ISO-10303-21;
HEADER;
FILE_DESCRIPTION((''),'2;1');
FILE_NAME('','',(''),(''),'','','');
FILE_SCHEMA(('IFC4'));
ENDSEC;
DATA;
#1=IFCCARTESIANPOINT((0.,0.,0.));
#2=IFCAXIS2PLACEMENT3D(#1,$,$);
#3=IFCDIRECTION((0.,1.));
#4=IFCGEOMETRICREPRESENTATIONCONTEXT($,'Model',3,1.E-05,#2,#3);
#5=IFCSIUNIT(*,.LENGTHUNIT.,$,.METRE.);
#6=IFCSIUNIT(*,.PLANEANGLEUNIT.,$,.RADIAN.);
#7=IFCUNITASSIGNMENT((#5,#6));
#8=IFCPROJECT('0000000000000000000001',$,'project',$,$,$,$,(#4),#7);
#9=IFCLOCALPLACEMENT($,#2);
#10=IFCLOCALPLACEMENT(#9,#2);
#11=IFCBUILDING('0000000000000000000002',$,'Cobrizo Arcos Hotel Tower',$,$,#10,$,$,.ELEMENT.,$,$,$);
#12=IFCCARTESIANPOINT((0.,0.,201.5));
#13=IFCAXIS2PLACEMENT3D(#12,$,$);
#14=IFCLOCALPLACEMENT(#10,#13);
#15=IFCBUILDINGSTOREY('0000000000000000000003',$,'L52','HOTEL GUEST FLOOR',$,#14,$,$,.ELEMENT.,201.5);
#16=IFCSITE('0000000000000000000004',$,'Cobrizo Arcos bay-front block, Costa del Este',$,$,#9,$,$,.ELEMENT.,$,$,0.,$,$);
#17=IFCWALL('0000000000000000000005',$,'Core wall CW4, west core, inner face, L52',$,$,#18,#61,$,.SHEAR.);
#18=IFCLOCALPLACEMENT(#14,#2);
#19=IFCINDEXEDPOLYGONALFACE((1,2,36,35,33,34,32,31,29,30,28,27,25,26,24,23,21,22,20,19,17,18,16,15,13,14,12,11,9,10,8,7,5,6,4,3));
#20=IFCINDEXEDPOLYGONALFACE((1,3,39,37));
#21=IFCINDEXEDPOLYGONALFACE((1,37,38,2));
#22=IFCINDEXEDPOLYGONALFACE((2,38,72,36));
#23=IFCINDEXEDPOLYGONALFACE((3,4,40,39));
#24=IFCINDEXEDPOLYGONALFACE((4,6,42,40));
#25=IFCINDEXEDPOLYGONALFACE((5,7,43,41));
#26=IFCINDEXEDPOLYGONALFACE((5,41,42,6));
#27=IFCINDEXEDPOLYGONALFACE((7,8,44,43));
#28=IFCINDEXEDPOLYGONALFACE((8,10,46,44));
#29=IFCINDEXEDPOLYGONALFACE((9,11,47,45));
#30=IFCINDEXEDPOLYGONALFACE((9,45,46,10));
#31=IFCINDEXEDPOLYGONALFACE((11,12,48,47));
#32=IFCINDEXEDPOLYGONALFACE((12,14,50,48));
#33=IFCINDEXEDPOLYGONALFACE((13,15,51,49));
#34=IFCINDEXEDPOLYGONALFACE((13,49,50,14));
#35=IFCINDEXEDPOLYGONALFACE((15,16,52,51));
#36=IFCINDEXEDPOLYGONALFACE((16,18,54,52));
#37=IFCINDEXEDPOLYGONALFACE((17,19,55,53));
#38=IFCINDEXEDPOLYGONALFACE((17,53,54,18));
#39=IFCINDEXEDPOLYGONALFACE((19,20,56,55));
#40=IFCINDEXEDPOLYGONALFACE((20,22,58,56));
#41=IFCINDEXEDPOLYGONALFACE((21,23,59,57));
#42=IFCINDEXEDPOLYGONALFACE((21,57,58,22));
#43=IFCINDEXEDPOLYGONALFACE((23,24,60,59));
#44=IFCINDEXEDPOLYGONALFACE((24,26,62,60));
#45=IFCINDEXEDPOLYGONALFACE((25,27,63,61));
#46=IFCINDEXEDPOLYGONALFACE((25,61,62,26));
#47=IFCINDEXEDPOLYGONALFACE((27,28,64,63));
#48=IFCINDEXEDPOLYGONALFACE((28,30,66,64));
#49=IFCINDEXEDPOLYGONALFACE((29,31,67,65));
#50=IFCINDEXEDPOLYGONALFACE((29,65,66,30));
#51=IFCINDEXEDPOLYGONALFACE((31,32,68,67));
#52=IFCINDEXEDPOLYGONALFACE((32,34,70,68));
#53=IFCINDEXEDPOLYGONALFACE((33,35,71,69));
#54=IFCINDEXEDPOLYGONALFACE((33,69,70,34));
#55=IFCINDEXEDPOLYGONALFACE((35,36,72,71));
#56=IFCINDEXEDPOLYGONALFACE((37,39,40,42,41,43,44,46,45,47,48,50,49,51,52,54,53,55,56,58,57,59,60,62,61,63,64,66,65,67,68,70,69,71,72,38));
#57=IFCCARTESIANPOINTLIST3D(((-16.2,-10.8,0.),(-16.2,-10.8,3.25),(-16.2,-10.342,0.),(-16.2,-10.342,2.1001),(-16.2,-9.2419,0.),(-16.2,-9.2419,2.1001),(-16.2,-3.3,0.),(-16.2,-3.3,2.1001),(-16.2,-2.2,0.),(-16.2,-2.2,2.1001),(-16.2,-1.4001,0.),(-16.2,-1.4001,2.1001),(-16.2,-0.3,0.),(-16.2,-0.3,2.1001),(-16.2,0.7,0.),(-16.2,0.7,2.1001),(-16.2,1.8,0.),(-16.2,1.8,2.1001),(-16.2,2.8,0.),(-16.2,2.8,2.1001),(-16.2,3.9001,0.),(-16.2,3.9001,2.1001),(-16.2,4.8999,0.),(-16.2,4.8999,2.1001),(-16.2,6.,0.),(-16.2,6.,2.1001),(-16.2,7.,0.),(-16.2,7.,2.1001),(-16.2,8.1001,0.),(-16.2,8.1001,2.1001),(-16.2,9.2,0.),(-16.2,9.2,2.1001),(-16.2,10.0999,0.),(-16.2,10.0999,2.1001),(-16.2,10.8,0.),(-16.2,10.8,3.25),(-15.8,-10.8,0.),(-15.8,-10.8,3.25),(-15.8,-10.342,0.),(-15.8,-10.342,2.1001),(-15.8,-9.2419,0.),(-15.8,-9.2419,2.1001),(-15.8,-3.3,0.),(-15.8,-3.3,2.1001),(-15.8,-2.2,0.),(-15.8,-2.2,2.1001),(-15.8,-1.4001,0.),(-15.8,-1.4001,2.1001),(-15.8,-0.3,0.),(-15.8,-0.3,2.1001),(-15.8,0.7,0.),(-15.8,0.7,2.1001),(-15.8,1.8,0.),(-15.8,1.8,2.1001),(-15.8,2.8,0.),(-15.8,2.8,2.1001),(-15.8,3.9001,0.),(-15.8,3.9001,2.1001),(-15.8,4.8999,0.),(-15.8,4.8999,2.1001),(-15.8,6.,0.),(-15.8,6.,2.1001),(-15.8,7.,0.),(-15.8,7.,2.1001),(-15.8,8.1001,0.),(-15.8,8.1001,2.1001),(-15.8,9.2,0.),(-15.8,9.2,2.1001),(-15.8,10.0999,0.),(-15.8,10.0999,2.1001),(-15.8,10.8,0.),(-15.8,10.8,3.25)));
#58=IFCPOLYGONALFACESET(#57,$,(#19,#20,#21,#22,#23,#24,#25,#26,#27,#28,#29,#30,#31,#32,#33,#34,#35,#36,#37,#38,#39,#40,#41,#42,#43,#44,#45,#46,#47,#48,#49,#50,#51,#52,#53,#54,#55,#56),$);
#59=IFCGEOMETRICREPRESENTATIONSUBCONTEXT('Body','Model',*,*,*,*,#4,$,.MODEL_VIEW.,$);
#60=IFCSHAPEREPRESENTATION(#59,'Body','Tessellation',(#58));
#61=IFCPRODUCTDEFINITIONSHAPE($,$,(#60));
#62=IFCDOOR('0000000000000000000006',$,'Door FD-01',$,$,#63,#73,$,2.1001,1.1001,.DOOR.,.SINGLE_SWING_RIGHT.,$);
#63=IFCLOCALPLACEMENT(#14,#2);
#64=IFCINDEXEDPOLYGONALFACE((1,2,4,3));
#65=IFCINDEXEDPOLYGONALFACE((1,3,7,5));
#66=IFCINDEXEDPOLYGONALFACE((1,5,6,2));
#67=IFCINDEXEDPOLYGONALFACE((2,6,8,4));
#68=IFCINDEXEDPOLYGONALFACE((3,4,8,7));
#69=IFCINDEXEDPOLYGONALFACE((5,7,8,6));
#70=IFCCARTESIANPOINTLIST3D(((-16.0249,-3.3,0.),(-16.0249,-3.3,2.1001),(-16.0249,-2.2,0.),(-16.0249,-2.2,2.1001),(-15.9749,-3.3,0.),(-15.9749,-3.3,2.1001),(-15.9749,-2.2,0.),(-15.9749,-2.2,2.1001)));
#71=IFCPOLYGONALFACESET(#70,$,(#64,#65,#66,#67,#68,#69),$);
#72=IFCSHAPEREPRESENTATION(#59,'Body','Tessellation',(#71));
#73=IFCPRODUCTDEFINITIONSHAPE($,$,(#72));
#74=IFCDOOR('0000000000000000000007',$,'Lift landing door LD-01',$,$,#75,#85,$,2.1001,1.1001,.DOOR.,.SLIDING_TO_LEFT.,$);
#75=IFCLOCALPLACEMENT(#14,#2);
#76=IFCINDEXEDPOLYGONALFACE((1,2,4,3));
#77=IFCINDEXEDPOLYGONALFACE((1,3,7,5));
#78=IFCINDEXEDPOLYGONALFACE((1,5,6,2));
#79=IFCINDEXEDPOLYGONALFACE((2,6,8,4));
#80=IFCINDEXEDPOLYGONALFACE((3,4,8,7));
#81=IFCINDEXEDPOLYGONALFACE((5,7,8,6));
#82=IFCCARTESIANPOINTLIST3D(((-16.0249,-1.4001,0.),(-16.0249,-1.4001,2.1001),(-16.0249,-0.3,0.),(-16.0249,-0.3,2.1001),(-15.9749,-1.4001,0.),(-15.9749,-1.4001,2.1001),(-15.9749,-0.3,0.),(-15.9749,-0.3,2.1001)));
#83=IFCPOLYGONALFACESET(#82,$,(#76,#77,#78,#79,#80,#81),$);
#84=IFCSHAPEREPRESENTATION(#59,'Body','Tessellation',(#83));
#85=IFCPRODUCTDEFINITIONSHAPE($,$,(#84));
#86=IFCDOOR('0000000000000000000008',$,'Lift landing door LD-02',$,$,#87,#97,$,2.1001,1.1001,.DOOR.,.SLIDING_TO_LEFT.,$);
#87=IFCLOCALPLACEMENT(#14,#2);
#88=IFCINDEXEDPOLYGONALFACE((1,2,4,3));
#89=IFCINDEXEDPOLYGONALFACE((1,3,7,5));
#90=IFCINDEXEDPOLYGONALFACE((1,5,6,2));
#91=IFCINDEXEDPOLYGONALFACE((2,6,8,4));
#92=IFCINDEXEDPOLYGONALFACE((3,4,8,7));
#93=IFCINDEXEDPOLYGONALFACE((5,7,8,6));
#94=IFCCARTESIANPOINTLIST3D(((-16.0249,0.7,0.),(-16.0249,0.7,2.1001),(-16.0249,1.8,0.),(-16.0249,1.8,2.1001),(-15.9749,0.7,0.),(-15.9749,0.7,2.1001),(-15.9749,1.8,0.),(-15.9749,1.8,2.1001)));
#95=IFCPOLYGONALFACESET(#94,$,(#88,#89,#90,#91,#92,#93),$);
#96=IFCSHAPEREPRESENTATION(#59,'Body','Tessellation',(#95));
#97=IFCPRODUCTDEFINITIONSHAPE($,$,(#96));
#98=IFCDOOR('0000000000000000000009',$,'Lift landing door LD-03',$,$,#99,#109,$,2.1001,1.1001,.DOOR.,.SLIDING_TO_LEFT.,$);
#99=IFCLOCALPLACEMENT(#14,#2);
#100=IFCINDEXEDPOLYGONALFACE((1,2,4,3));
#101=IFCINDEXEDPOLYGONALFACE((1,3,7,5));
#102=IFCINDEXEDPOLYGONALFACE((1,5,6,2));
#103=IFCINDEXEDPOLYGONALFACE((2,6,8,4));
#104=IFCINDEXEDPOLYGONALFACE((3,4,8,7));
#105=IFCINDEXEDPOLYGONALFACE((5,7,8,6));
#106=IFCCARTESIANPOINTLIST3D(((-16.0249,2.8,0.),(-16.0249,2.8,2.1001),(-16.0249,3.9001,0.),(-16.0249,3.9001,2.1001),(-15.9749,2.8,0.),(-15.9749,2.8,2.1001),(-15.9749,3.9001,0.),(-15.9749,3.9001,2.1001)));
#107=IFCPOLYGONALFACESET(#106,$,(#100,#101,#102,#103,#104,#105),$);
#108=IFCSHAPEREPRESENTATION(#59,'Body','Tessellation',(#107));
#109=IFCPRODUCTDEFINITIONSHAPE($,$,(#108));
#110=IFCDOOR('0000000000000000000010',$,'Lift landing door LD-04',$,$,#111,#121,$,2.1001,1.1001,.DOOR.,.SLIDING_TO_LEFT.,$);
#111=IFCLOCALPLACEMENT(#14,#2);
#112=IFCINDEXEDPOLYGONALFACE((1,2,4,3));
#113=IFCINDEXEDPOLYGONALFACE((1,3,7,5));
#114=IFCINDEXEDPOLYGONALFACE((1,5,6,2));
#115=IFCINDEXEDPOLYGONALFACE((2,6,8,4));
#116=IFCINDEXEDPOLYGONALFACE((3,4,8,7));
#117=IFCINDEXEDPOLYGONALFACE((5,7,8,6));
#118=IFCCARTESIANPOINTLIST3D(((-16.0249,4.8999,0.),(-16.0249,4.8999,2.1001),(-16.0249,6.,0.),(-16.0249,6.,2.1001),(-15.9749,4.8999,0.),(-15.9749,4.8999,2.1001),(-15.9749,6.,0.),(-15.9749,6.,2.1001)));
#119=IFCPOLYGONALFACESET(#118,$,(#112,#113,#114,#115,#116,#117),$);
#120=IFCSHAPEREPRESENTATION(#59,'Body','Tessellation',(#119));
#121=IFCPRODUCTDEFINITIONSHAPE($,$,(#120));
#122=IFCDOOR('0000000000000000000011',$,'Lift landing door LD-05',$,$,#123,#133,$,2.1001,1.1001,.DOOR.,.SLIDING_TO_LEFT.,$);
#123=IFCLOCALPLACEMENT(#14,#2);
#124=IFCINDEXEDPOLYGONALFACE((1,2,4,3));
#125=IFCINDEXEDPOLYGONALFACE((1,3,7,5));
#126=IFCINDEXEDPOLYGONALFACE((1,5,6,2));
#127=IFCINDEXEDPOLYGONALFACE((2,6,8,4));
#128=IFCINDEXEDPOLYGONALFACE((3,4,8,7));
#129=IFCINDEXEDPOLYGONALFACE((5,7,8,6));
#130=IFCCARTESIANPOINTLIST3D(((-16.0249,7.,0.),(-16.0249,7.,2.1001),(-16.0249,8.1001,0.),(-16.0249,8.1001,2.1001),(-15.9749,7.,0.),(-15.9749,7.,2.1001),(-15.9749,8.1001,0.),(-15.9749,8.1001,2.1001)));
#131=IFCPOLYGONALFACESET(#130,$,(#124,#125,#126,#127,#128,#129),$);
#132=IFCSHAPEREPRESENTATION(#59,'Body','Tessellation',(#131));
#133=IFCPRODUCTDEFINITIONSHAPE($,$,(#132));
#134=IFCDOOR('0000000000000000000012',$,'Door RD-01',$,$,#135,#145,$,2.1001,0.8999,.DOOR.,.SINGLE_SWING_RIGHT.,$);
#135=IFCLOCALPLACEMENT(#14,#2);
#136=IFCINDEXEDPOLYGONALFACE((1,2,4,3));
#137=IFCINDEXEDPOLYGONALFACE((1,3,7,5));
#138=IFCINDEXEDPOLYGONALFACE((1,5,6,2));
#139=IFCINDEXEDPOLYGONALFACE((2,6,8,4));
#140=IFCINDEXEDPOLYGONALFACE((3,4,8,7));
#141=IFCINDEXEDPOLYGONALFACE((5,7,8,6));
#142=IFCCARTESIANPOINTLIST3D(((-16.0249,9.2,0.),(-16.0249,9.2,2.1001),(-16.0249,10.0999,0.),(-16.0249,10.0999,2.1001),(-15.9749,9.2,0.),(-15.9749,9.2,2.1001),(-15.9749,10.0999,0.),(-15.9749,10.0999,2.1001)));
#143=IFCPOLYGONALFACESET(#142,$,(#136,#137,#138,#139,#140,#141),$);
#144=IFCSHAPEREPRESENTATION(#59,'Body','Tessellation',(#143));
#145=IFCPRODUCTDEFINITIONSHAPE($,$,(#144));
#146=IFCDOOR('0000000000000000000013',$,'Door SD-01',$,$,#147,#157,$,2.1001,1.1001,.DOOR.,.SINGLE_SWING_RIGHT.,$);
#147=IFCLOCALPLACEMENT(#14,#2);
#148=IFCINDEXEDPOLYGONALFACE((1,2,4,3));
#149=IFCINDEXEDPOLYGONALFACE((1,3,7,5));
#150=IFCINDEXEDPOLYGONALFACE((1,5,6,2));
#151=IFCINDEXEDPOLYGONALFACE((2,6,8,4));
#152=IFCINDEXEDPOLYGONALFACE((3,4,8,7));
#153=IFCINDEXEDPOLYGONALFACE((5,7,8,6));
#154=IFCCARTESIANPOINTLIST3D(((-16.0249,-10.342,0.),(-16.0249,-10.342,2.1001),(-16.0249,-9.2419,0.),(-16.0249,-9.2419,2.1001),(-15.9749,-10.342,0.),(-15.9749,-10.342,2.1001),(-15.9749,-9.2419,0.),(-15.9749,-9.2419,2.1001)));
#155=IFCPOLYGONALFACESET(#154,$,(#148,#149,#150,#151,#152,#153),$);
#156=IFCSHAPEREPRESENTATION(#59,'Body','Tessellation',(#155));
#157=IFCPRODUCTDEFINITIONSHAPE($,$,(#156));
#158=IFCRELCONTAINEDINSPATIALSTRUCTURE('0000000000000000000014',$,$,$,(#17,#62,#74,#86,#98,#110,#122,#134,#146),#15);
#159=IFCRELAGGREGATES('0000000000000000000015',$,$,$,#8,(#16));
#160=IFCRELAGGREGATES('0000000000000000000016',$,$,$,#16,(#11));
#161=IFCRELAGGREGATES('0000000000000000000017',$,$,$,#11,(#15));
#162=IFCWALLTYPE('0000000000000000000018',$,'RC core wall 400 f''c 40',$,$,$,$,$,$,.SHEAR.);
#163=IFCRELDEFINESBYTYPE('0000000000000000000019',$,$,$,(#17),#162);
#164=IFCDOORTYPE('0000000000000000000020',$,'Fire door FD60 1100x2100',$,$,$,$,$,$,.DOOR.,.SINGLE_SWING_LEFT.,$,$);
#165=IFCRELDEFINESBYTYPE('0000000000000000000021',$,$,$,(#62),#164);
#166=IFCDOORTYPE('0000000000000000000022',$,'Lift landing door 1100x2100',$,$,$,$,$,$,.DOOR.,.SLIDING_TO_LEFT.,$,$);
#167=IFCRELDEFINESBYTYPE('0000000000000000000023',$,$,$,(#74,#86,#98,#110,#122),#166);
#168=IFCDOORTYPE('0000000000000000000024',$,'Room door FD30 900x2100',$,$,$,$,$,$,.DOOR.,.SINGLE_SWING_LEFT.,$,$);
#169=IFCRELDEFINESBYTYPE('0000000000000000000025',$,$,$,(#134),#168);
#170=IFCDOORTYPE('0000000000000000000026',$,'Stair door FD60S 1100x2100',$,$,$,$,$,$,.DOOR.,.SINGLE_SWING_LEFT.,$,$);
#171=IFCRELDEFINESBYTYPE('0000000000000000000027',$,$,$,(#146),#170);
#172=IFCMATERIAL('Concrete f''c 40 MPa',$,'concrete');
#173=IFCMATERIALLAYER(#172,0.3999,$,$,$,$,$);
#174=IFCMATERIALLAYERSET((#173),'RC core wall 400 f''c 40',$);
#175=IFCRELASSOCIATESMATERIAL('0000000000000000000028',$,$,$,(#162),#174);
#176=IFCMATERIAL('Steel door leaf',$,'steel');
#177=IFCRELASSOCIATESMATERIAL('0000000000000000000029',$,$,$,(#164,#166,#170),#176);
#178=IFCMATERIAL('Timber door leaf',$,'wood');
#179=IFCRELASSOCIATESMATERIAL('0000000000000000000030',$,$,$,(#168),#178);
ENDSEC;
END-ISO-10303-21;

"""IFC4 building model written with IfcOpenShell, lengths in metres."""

from ifc_helpers import new_model, si_unit, direction, frame, frame_2d, origin, place, context, subcontext, project, spatial, rectangle, extrude, material, layer, layer_set, type_object, element, fill, save


model = new_model("IFC4")

# Units and contexts
model_context = context("Model", 3, precision=1e-05, world=origin(), true_north=direction((0.0, 1.0)))
body_context = subcontext(model_context, "Body", "Model", "MODEL_VIEW")
ifc_project = project(units=[si_unit("LENGTHUNIT", "METRE"), si_unit("PLANEANGLEUNIT", "RADIAN")], contexts=[model_context])

# Site, building, storey
site_placement = place(None, origin())
site = spatial("IfcSite", under=ifc_project, at=site_placement, Name="Cobrizo Arcos bay-front block, Costa del Este", CompositionType="ELEMENT", RefElevation=0.0)
building_placement = place(site_placement, origin())
building = spatial("IfcBuilding", under=site, at=building_placement, Name="Cobrizo Arcos Hotel Tower", CompositionType="ELEMENT")
storey_placement = place(building_placement, frame((0.0, 0.0, 201.5)))
storey = spatial("IfcBuildingStorey", under=building, at=storey_placement, Name="L52", Description="HOTEL GUEST FLOOR", CompositionType="ELEMENT", Elevation=201.5)

# Wall, openings, doors
ifc_material_1 = material(Name="Concrete f'c 40 MPa", Category="concrete")
ifc_layer_1 = layer(ifc_material_1, 0.3999)
ifc_layer_set_1 = layer_set([ifc_layer_1], Name="RC core wall 400 f'c 40")
wall_type_1 = type_object("IfcWallType", Name="RC core wall 400 f'c 40", PredefinedType="SHEAR", material=ifc_layer_set_1)
wall_1_placement = place(storey_placement, frame((-16.0, -10.8, 0.0), z_axis=(0.0, 0.0, 1.0), x_axis=(0.0, 1.0, 0.0)))
wall_1 = element("IfcWall", 1, at=wall_1_placement, inside=storey, type_object=wall_type_1, Name="Core wall CW4, west core, inner face, L52", PredefinedType="SHEAR", context=body_context, shape_type="SweptSolid", body=[
    extrude(rectangle(XDim=21.6001, YDim=0.3999, at=frame_2d((10.8, 0.0))), origin(), (0.0, 0.0, 1.0), 3.25),
])
opening_1_placement = place(wall_1_placement, frame((9.3999, 0.0, 0.0)))
opening_1 = element("IfcOpeningElement", 2, at=opening_1_placement, cuts=wall_1, PredefinedType="OPENING", context=body_context, shape_type="SweptSolid", body=[
    extrude(rectangle(XDim=1.1001, YDim=2.1001, at=frame_2d((0.55, 1.05))), frame((0.0, 0.2119, 0.0), z_axis=(0.0, -1.0, 0.0), x_axis=(1.0, 0.0, 0.0)), (0.0, 0.0, 1.0), 0.4238),
])
opening_2_placement = place(wall_1_placement, frame((11.5, 0.0, 0.0)))
opening_2 = element("IfcOpeningElement", 3, at=opening_2_placement, cuts=wall_1, PredefinedType="OPENING", context=body_context, shape_type="SweptSolid", body=[
    extrude(rectangle(XDim=1.1001, YDim=2.1001, at=frame_2d((0.55, 1.05))), frame((0.0, 0.2119, 0.0), z_axis=(0.0, -1.0, 0.0), x_axis=(1.0, 0.0, 0.0)), (0.0, 0.0, 1.0), 0.4238),
])
opening_3_placement = place(wall_1_placement, frame((13.6001, 0.0, 0.0)))
opening_3 = element("IfcOpeningElement", 4, at=opening_3_placement, cuts=wall_1, PredefinedType="OPENING", context=body_context, shape_type="SweptSolid", body=[
    extrude(rectangle(XDim=1.1001, YDim=2.1001, at=frame_2d((0.55, 1.05))), frame((0.0, 0.2119, 0.0), z_axis=(0.0, -1.0, 0.0), x_axis=(1.0, 0.0, 0.0)), (0.0, 0.0, 1.0), 0.4238),
])
opening_4_placement = place(wall_1_placement, frame((15.7, 0.0, 0.0)))
opening_4 = element("IfcOpeningElement", 5, at=opening_4_placement, cuts=wall_1, PredefinedType="OPENING", context=body_context, shape_type="SweptSolid", body=[
    extrude(rectangle(XDim=1.1001, YDim=2.1001, at=frame_2d((0.55, 1.05))), frame((0.0, 0.2119, 0.0), z_axis=(0.0, -1.0, 0.0), x_axis=(1.0, 0.0, 0.0)), (0.0, 0.0, 1.0), 0.4238),
])
opening_5_placement = place(wall_1_placement, frame((17.8, 0.0, 0.0)))
opening_5 = element("IfcOpeningElement", 6, at=opening_5_placement, cuts=wall_1, PredefinedType="OPENING", context=body_context, shape_type="SweptSolid", body=[
    extrude(rectangle(XDim=1.1001, YDim=2.1001, at=frame_2d((0.55, 1.05))), frame((0.0, 0.2119, 0.0), z_axis=(0.0, -1.0, 0.0), x_axis=(1.0, 0.0, 0.0)), (0.0, 0.0, 1.0), 0.4238),
])
opening_6_placement = place(wall_1_placement, frame((0.458, 0.0, 0.0)))
opening_6 = element("IfcOpeningElement", 7, at=opening_6_placement, cuts=wall_1, PredefinedType="OPENING", context=body_context, shape_type="SweptSolid", body=[
    extrude(rectangle(XDim=1.1001, YDim=2.1001, at=frame_2d((0.55, 1.05))), frame((0.0, 0.2119, 0.0), z_axis=(0.0, -1.0, 0.0), x_axis=(1.0, 0.0, 0.0)), (0.0, 0.0, 1.0), 0.4238),
])
opening_7_placement = place(wall_1_placement, frame((7.5, 0.0, 0.0)))
opening_7 = element("IfcOpeningElement", 8, at=opening_7_placement, cuts=wall_1, PredefinedType="OPENING", context=body_context, shape_type="SweptSolid", body=[
    extrude(rectangle(XDim=1.1001, YDim=2.1001, at=frame_2d((0.55, 1.05))), frame((0.0, 0.2119, 0.0), z_axis=(0.0, -1.0, 0.0), x_axis=(1.0, 0.0, 0.0)), (0.0, 0.0, 1.0), 0.4238),
])
opening_8_placement = place(wall_1_placement, frame((20.0, 0.0, 0.0)))
opening_8 = element("IfcOpeningElement", 9, at=opening_8_placement, cuts=wall_1, PredefinedType="OPENING", context=body_context, shape_type="SweptSolid", body=[
    extrude(rectangle(XDim=0.8999, YDim=2.1001, at=frame_2d((0.45, 1.05))), frame((0.0, 0.2119, 0.0), z_axis=(0.0, -1.0, 0.0), x_axis=(1.0, 0.0, 0.0)), (0.0, 0.0, 1.0), 0.4238),
])
ifc_material_2 = material(Name="Steel door leaf", Category="steel")
door_type_1 = type_object("IfcDoorType", Name="Fire door FD60 1100x2100", OperationType="SINGLE_SWING_LEFT", PredefinedType="DOOR", material=ifc_material_2)
door_1_placement = place(opening_7_placement, origin())
door_1 = element("IfcDoor", 10, at=door_1_placement, inside=storey, type_object=door_type_1, Name="Door FD-01", OperationType="SINGLE_SWING_RIGHT", OverallHeight=2.1001, OverallWidth=1.1001, PredefinedType="DOOR", context=body_context, shape_type="SweptSolid", body=[
    extrude(rectangle(XDim=1.1001, YDim=2.1001, at=frame_2d((0.55, 1.05))), frame((0.0, 0.0249, 0.0), z_axis=(0.0, -1.0, 0.0), x_axis=(1.0, 0.0, 0.0)), (0.0, 0.0, 1.0), 0.05),
])
fill(opening_7, door_1)
door_type_2 = type_object("IfcDoorType", Name="Lift landing door 1100x2100", OperationType="SLIDING_TO_LEFT", PredefinedType="DOOR", material=ifc_material_2)
door_2_placement = place(opening_1_placement, origin())
door_2 = element("IfcDoor", 11, at=door_2_placement, inside=storey, type_object=door_type_2, Name="Lift landing door LD-01", OperationType="SLIDING_TO_LEFT", OverallHeight=2.1001, OverallWidth=1.1001, PredefinedType="DOOR", context=body_context, shape_type="SweptSolid", body=[
    extrude(rectangle(XDim=1.1001, YDim=2.1001, at=frame_2d((0.55, 1.05))), frame((0.0, 0.0249, 0.0), z_axis=(0.0, -1.0, 0.0), x_axis=(1.0, 0.0, 0.0)), (0.0, 0.0, 1.0), 0.05),
])
fill(opening_1, door_2)
door_3_placement = place(opening_2_placement, origin())
door_3 = element("IfcDoor", 12, at=door_3_placement, inside=storey, type_object=door_type_2, Name="Lift landing door LD-02", OperationType="SLIDING_TO_LEFT", OverallHeight=2.1001, OverallWidth=1.1001, PredefinedType="DOOR", context=body_context, shape_type="SweptSolid", body=[
    extrude(rectangle(XDim=1.1001, YDim=2.1001, at=frame_2d((0.55, 1.05))), frame((0.0, 0.0249, 0.0), z_axis=(0.0, -1.0, 0.0), x_axis=(1.0, 0.0, 0.0)), (0.0, 0.0, 1.0), 0.05),
])
fill(opening_2, door_3)
door_4_placement = place(opening_3_placement, origin())
door_4 = element("IfcDoor", 13, at=door_4_placement, inside=storey, type_object=door_type_2, Name="Lift landing door LD-03", OperationType="SLIDING_TO_LEFT", OverallHeight=2.1001, OverallWidth=1.1001, PredefinedType="DOOR", context=body_context, shape_type="SweptSolid", body=[
    extrude(rectangle(XDim=1.1001, YDim=2.1001, at=frame_2d((0.55, 1.05))), frame((0.0, 0.0249, 0.0), z_axis=(0.0, -1.0, 0.0), x_axis=(1.0, 0.0, 0.0)), (0.0, 0.0, 1.0), 0.05),
])
fill(opening_3, door_4)
door_5_placement = place(opening_4_placement, origin())
door_5 = element("IfcDoor", 14, at=door_5_placement, inside=storey, type_object=door_type_2, Name="Lift landing door LD-04", OperationType="SLIDING_TO_LEFT", OverallHeight=2.1001, OverallWidth=1.1001, PredefinedType="DOOR", context=body_context, shape_type="SweptSolid", body=[
    extrude(rectangle(XDim=1.1001, YDim=2.1001, at=frame_2d((0.55, 1.05))), frame((0.0, 0.0249, 0.0), z_axis=(0.0, -1.0, 0.0), x_axis=(1.0, 0.0, 0.0)), (0.0, 0.0, 1.0), 0.05),
])
fill(opening_4, door_5)
door_6_placement = place(opening_5_placement, origin())
door_6 = element("IfcDoor", 15, at=door_6_placement, inside=storey, type_object=door_type_2, Name="Lift landing door LD-05", OperationType="SLIDING_TO_LEFT", OverallHeight=2.1001, OverallWidth=1.1001, PredefinedType="DOOR", context=body_context, shape_type="SweptSolid", body=[
    extrude(rectangle(XDim=1.1001, YDim=2.1001, at=frame_2d((0.55, 1.05))), frame((0.0, 0.0249, 0.0), z_axis=(0.0, -1.0, 0.0), x_axis=(1.0, 0.0, 0.0)), (0.0, 0.0, 1.0), 0.05),
])
fill(opening_5, door_6)
ifc_material_3 = material(Name="Timber door leaf", Category="wood")
door_type_3 = type_object("IfcDoorType", Name="Room door FD30 900x2100", OperationType="SINGLE_SWING_LEFT", PredefinedType="DOOR", material=ifc_material_3)
door_7_placement = place(opening_8_placement, origin())
door_7 = element("IfcDoor", 16, at=door_7_placement, inside=storey, type_object=door_type_3, Name="Door RD-01", OperationType="SINGLE_SWING_RIGHT", OverallHeight=2.1001, OverallWidth=0.8999, PredefinedType="DOOR", context=body_context, shape_type="SweptSolid", body=[
    extrude(rectangle(XDim=0.8999, YDim=2.1001, at=frame_2d((0.45, 1.05))), frame((0.0, 0.0249, 0.0), z_axis=(0.0, -1.0, 0.0), x_axis=(1.0, 0.0, 0.0)), (0.0, 0.0, 1.0), 0.05),
])
fill(opening_8, door_7)
door_type_4 = type_object("IfcDoorType", Name="Stair door FD60S 1100x2100", OperationType="SINGLE_SWING_LEFT", PredefinedType="DOOR", material=ifc_material_2)
door_8_placement = place(opening_6_placement, origin())
door_8 = element("IfcDoor", 17, at=door_8_placement, inside=storey, type_object=door_type_4, Name="Door SD-01", OperationType="SINGLE_SWING_RIGHT", OverallHeight=2.1001, OverallWidth=1.1001, PredefinedType="DOOR", context=body_context, shape_type="SweptSolid", body=[
    extrude(rectangle(XDim=1.1001, YDim=2.1001, at=frame_2d((0.55, 1.05))), frame((0.0, 0.0249, 0.0), z_axis=(0.0, -1.0, 0.0), x_axis=(1.0, 0.0, 0.0)), (0.0, 0.0, 1.0), 0.05),
])
fill(opening_6, door_8)

save(model, "model.ifc")
